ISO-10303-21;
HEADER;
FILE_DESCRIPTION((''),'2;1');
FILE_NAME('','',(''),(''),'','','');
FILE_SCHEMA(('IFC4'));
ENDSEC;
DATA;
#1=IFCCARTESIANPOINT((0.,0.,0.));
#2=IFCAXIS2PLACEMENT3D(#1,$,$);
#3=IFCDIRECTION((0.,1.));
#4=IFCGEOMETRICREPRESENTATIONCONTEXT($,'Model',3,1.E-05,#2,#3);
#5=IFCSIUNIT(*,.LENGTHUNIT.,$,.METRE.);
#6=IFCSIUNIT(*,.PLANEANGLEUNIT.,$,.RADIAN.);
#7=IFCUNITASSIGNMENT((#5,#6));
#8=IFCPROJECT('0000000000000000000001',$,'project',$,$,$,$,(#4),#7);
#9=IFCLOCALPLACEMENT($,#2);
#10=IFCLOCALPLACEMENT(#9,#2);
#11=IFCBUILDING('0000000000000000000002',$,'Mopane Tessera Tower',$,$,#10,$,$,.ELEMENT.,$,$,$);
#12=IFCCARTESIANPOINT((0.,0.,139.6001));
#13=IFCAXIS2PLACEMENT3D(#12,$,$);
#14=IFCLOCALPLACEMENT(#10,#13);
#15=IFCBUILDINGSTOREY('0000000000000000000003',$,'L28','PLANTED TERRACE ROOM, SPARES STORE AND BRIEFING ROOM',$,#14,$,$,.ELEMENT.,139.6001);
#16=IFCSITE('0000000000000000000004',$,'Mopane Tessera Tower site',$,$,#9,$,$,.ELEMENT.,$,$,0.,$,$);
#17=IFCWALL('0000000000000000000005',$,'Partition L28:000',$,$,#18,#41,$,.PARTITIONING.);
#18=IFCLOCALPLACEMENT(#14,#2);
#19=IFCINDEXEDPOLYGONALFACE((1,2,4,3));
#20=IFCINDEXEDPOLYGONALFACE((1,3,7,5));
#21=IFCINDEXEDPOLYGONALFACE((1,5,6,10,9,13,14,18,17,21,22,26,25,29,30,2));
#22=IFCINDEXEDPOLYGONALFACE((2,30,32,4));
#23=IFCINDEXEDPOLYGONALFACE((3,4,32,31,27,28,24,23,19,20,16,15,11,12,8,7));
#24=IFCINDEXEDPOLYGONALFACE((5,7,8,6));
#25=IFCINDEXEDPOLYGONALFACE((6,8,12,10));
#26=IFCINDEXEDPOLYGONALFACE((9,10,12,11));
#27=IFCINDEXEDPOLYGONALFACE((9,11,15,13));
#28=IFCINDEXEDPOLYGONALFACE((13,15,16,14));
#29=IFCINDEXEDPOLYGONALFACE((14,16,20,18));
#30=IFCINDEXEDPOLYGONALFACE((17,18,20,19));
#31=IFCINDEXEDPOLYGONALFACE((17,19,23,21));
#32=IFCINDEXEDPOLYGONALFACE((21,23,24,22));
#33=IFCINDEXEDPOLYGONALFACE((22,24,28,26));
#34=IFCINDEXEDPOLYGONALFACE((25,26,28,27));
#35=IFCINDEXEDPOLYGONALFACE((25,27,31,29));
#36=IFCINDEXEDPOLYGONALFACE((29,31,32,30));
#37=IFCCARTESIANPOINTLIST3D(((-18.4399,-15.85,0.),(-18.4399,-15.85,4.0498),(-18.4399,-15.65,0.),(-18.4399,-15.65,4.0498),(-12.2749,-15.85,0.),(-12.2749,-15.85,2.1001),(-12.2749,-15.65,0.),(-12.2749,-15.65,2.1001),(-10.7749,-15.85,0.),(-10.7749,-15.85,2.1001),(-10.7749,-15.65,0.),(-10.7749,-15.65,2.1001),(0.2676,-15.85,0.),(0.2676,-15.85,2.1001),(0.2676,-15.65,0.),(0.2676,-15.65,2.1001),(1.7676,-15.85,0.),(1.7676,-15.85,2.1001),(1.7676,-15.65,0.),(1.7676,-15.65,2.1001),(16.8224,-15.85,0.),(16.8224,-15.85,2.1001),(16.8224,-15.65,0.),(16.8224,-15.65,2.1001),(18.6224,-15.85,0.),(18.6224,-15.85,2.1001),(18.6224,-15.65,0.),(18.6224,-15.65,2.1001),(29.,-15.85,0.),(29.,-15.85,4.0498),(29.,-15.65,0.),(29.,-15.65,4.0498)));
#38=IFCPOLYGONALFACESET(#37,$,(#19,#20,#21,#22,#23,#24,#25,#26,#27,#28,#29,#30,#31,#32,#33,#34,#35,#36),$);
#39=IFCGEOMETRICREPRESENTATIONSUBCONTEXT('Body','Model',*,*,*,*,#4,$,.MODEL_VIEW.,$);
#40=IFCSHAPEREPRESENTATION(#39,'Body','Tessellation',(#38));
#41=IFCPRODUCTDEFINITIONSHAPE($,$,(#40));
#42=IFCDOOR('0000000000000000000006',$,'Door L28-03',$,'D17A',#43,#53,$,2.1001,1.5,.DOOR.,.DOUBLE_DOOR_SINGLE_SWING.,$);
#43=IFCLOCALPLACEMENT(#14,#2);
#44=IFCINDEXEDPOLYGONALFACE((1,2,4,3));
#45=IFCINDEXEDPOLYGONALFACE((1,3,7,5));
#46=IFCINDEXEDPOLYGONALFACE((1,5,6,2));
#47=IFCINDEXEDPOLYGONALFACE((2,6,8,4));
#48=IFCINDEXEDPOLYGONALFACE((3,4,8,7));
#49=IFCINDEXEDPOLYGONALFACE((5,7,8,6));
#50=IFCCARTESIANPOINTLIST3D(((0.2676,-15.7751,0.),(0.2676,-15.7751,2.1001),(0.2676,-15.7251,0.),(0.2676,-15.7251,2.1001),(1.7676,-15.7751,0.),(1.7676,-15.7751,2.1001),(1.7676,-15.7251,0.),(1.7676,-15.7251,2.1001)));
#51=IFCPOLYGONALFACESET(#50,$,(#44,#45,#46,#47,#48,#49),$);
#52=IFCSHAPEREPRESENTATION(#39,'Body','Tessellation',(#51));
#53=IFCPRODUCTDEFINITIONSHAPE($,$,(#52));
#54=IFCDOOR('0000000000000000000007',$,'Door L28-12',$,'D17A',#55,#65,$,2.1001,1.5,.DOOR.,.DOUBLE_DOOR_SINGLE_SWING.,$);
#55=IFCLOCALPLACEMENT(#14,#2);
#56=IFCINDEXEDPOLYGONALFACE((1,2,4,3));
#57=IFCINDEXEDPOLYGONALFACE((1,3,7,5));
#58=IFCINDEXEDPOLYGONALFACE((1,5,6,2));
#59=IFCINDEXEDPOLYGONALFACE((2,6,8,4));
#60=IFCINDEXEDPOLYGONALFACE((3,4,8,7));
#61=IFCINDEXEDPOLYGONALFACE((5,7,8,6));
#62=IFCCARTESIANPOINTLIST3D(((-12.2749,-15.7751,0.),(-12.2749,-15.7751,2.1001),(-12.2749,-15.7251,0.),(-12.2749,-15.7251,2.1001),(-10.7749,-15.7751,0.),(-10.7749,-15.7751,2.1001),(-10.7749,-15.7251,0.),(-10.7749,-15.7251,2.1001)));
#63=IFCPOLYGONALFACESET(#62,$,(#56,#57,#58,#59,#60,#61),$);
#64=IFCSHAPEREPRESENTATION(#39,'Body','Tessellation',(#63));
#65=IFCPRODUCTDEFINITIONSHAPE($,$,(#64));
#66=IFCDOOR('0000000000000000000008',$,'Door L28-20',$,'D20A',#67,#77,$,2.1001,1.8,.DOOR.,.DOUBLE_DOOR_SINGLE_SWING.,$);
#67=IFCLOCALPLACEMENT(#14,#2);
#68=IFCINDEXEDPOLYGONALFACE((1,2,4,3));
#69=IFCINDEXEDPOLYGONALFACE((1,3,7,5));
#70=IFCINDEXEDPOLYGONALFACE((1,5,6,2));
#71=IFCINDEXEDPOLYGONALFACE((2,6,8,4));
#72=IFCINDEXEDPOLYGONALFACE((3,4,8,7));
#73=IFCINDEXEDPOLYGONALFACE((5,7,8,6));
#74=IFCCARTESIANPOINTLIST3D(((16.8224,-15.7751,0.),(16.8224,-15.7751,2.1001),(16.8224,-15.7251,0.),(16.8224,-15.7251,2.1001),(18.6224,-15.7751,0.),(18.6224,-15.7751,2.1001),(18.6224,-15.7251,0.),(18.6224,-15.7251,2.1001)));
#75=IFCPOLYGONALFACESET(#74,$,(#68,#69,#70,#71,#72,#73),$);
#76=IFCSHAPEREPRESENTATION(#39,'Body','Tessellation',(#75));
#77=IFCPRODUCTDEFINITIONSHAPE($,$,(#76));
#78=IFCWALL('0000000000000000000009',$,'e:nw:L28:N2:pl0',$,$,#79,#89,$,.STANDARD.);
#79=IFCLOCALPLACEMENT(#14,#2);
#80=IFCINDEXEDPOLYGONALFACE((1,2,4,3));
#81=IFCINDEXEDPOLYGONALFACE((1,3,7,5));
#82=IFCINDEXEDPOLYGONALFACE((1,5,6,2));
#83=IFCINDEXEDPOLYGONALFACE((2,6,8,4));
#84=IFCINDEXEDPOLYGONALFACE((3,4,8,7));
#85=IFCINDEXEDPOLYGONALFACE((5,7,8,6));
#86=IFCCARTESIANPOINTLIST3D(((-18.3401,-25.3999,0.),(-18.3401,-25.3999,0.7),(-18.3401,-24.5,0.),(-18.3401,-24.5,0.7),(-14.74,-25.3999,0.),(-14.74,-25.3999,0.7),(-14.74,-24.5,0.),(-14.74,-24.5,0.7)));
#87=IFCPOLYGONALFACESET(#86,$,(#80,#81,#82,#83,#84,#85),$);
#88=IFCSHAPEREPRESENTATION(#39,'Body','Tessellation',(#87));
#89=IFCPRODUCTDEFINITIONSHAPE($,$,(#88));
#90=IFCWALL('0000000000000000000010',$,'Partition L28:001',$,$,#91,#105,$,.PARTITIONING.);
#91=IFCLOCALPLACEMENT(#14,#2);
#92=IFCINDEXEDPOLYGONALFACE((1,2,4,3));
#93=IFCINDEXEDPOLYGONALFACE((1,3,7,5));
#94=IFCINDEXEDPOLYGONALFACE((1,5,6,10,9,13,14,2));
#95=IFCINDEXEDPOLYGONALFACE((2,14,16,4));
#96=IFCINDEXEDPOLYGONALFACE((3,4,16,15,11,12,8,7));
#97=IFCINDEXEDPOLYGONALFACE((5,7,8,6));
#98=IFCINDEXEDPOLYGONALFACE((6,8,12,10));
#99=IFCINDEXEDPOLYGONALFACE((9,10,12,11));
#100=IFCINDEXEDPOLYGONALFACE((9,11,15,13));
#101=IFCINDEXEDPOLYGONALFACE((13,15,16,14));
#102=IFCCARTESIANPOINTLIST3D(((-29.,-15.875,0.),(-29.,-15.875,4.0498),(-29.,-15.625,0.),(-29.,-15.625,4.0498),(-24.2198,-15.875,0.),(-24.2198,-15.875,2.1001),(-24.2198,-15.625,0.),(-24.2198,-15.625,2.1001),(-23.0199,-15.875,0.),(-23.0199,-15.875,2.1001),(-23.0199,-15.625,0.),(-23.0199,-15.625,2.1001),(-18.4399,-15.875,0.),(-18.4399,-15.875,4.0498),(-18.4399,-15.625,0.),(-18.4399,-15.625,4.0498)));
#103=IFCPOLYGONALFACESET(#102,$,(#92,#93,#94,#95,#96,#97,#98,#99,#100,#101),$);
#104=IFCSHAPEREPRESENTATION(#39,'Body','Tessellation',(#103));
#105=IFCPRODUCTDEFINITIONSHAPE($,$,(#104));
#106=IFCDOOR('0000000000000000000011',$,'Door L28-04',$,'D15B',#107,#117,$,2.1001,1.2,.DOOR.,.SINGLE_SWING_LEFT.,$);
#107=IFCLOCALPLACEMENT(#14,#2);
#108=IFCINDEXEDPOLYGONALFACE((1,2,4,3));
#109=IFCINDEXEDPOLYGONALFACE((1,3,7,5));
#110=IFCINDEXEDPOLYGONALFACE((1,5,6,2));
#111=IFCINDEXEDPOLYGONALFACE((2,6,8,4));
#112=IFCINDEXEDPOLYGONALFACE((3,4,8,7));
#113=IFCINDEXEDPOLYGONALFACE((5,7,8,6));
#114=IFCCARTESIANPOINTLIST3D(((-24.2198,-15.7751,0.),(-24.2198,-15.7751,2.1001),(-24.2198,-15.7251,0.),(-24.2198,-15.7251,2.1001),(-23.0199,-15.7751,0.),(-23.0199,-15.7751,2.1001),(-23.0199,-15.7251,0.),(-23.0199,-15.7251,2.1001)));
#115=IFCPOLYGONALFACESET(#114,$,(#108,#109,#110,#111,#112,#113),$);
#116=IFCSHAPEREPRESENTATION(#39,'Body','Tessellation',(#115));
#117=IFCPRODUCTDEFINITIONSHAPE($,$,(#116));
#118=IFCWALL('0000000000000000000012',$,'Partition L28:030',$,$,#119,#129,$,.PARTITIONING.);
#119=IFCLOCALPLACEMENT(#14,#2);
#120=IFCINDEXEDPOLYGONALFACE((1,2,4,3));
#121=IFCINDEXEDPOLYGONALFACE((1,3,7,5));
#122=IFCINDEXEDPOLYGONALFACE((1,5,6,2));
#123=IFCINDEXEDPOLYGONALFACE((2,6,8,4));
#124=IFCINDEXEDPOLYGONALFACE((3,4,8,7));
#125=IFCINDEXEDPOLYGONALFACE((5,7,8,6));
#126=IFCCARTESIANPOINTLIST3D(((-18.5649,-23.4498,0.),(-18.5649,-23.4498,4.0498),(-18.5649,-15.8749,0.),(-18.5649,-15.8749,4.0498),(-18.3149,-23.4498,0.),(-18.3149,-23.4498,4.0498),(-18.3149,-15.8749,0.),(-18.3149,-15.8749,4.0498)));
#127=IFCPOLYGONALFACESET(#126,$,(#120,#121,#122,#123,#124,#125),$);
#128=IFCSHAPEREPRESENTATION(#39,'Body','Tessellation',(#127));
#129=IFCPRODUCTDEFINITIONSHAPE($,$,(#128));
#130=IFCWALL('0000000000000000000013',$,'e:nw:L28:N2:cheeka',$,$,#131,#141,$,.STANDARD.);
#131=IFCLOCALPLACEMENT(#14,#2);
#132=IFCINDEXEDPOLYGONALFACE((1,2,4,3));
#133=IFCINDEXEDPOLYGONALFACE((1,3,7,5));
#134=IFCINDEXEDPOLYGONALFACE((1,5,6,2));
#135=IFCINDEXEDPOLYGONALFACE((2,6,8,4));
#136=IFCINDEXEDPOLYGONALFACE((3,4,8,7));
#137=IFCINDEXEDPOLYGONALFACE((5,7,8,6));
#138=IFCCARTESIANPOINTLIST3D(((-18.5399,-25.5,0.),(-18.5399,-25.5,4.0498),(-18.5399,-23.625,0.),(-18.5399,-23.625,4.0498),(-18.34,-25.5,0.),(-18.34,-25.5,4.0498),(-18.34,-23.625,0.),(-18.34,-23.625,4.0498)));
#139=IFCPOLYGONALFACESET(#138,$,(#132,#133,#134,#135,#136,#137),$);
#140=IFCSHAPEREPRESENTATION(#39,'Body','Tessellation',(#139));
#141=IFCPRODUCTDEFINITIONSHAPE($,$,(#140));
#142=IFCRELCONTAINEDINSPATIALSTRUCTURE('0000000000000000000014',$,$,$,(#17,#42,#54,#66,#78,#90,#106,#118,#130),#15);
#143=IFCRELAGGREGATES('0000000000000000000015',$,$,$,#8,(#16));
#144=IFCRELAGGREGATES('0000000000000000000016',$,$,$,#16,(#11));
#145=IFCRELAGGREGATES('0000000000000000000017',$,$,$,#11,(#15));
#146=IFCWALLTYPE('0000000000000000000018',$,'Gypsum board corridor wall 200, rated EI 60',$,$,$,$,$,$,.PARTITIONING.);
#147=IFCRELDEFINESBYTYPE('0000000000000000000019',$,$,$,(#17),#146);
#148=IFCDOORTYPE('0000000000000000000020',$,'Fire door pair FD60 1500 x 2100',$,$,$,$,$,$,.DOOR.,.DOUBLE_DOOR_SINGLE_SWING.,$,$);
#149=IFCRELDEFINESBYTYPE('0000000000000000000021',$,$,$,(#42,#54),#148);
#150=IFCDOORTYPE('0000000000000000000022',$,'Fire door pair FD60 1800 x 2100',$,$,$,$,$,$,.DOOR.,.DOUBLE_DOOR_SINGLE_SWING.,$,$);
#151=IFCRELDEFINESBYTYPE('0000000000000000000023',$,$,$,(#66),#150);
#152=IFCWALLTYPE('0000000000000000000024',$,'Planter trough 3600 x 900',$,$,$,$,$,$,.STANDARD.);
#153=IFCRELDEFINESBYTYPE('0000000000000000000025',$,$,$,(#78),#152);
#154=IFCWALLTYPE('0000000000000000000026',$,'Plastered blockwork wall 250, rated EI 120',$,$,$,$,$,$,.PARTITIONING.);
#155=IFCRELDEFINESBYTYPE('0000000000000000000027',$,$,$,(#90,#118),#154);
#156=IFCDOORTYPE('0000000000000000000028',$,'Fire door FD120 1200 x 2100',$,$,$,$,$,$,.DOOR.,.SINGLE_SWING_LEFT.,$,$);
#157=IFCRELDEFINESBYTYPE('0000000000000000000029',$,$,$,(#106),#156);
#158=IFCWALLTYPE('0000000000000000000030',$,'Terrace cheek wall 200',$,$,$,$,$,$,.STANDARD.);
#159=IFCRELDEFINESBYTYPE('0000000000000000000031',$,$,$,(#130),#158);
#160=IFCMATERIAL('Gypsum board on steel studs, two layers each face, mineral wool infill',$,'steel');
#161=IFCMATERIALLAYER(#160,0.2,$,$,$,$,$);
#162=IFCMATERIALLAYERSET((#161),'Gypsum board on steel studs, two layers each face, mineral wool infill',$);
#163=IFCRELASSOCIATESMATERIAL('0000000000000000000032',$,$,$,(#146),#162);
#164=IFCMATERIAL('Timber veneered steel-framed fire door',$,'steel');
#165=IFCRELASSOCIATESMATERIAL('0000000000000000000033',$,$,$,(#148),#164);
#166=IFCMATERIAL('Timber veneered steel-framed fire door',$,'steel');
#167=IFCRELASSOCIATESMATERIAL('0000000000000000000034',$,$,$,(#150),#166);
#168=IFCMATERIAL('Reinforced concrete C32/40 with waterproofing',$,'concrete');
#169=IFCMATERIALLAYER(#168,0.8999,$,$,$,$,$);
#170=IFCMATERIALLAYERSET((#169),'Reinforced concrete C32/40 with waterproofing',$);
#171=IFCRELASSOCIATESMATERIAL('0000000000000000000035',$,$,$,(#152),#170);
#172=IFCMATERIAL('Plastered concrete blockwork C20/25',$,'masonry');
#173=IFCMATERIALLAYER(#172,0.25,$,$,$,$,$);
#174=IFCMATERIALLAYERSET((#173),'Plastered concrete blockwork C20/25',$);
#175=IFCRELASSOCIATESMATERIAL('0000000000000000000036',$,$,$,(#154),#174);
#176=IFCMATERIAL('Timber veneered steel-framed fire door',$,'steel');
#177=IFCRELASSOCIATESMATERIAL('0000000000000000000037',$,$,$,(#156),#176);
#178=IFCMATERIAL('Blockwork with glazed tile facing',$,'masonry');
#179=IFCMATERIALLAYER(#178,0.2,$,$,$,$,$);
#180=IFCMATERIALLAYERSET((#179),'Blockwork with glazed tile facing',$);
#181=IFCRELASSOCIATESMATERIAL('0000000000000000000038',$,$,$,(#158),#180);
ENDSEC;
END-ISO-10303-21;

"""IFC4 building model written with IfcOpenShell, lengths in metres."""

from ifc_helpers import new_model, si_unit, direction, frame, frame_2d, origin, place, context, subcontext, project, spatial, rectangle, extrude, material, layer, layer_set, type_object, element, fill, save


model = new_model("IFC4")

# Units and contexts
model_context = context("Model", 3, precision=1e-05, world=origin(), true_north=direction((0.0, 1.0)))
body_context = subcontext(model_context, "Body", "Model", "MODEL_VIEW")
ifc_project = project(units=[si_unit("LENGTHUNIT", "METRE"), si_unit("PLANEANGLEUNIT", "RADIAN")], contexts=[model_context])

# Site, building, storey
site_placement = place(None, origin())
site = spatial("IfcSite", under=ifc_project, at=site_placement, Name="Mopane Tessera Tower site", CompositionType="ELEMENT", RefElevation=0.0)
building_placement = place(site_placement, origin())
building = spatial("IfcBuilding", under=site, at=building_placement, Name="Mopane Tessera Tower", CompositionType="ELEMENT")
storey_placement = place(building_placement, frame((0.0, 0.0, 139.6001)))
storey = spatial("IfcBuildingStorey", under=building, at=storey_placement, Name="L28", Description="PLANTED TERRACE ROOM, SPARES STORE AND BRIEFING ROOM", CompositionType="ELEMENT", Elevation=139.6001)

# Wall, openings, doors
ifc_material_1 = material(Name="Gypsum board on steel studs, two layers each face, mineral wool infill", Category="steel")
ifc_layer_1 = layer(ifc_material_1, 0.2)
ifc_layer_set_1 = layer_set([ifc_layer_1], Name="Gypsum board on steel studs, two layers each face, mineral wool infill")
wall_type_1 = type_object("IfcWallType", Name="Gypsum board corridor wall 200, rated EI 60", PredefinedType="PARTITIONING", material=ifc_layer_set_1)
wall_1_placement = place(storey_placement, frame((-18.4399, -15.75, 0.0), z_axis=(0.0, 0.0, 1.0), x_axis=(1.0, 0.0, 0.0)))
wall_1 = element("IfcWall", 1, at=wall_1_placement, inside=storey, type_object=wall_type_1, Name="Partition L28:000", PredefinedType="PARTITIONING", context=body_context, shape_type="SweptSolid", body=[
    extrude(rectangle(XDim=47.4399, YDim=0.2, at=frame_2d((23.72, 0.0))), origin(), (0.0, 0.0, 1.0), 4.0498),
])
opening_1_placement = place(wall_1_placement, frame((18.7075, 0.0, 0.0)))
opening_1 = element("IfcOpeningElement", 2, at=opening_1_placement, cuts=wall_1, PredefinedType="OPENING", context=body_context, shape_type="SweptSolid", body=[
    extrude(rectangle(XDim=1.5, YDim=2.1001, at=frame_2d((0.75, 1.05))), frame((0.0, 0.1121, 0.0), z_axis=(0.0, -1.0, 0.0), x_axis=(1.0, 0.0, 0.0)), (0.0, 0.0, 1.0), 0.2239),
])
opening_2_placement = place(wall_1_placement, frame((6.165, 0.0, 0.0)))
opening_2 = element("IfcOpeningElement", 3, at=opening_2_placement, cuts=wall_1, PredefinedType="OPENING", context=body_context, shape_type="SweptSolid", body=[
    extrude(rectangle(XDim=1.5, YDim=2.1001, at=frame_2d((0.75, 1.05))), frame((0.0, 0.1121, 0.0), z_axis=(0.0, -1.0, 0.0), x_axis=(1.0, 0.0, 0.0)), (0.0, 0.0, 1.0), 0.2239),
])
opening_3_placement = place(wall_1_placement, frame((35.2625, 0.0, 0.0)))
opening_3 = element("IfcOpeningElement", 4, at=opening_3_placement, cuts=wall_1, PredefinedType="OPENING", context=body_context, shape_type="SweptSolid", body=[
    extrude(rectangle(XDim=1.8, YDim=2.1001, at=frame_2d((0.8999, 1.05))), frame((0.0, 0.1121, 0.0), z_axis=(0.0, -1.0, 0.0), x_axis=(1.0, 0.0, 0.0)), (0.0, 0.0, 1.0), 0.2239),
])
ifc_material_2 = material(Name="Timber veneered steel-framed fire door", Category="steel")
door_type_1 = type_object("IfcDoorType", Name="Fire door pair FD60 1500 x 2100", OperationType="DOUBLE_DOOR_SINGLE_SWING", PredefinedType="DOOR", material=ifc_material_2)
door_1_placement = place(opening_1_placement, origin())
door_1 = element("IfcDoor", 5, at=door_1_placement, inside=storey, type_object=door_type_1, Name="Door L28-03", ObjectType="D17A", OperationType="DOUBLE_DOOR_SINGLE_SWING", OverallHeight=2.1001, OverallWidth=1.5, PredefinedType="DOOR", context=body_context, shape_type="SweptSolid", body=[
    extrude(rectangle(XDim=1.5, YDim=2.1001, at=frame_2d((0.75, 1.05))), frame((0.0, 0.0249, 0.0), z_axis=(0.0, -1.0, 0.0), x_axis=(1.0, 0.0, 0.0)), (0.0, 0.0, 1.0), 0.05),
])
fill(opening_1, door_1)
door_2_placement = place(opening_2_placement, origin())
door_2 = element("IfcDoor", 6, at=door_2_placement, inside=storey, type_object=door_type_1, Name="Door L28-12", ObjectType="D17A", OperationType="DOUBLE_DOOR_SINGLE_SWING", OverallHeight=2.1001, OverallWidth=1.5, PredefinedType="DOOR", context=body_context, shape_type="SweptSolid", body=[
    extrude(rectangle(XDim=1.5, YDim=2.1001, at=frame_2d((0.75, 1.05))), frame((0.0, 0.0249, 0.0), z_axis=(0.0, -1.0, 0.0), x_axis=(1.0, 0.0, 0.0)), (0.0, 0.0, 1.0), 0.05),
])
fill(opening_2, door_2)
ifc_material_3 = material(Name="Timber veneered steel-framed fire door", Category="steel")
door_type_2 = type_object("IfcDoorType", Name="Fire door pair FD60 1800 x 2100", OperationType="DOUBLE_DOOR_SINGLE_SWING", PredefinedType="DOOR", material=ifc_material_3)
door_3_placement = place(opening_3_placement, origin())
door_3 = element("IfcDoor", 7, at=door_3_placement, inside=storey, type_object=door_type_2, Name="Door L28-20", ObjectType="D20A", OperationType="DOUBLE_DOOR_SINGLE_SWING", OverallHeight=2.1001, OverallWidth=1.8, PredefinedType="DOOR", context=body_context, shape_type="SweptSolid", body=[
    extrude(rectangle(XDim=1.8, YDim=2.1001, at=frame_2d((0.8999, 1.05))), frame((0.0, 0.0249, 0.0), z_axis=(0.0, -1.0, 0.0), x_axis=(1.0, 0.0, 0.0)), (0.0, 0.0, 1.0), 0.05),
])
fill(opening_3, door_3)

# Wall
ifc_material_4 = material(Name="Reinforced concrete C32/40 with waterproofing", Category="concrete")
ifc_layer_2 = layer(ifc_material_4, 0.8999)
ifc_layer_set_2 = layer_set([ifc_layer_2], Name="Reinforced concrete C32/40 with waterproofing")
wall_type_2 = type_object("IfcWallType", Name="Planter trough 3600 x 900", PredefinedType="STANDARD", material=ifc_layer_set_2)
wall_2_placement = place(storey_placement, frame((-18.3401, -24.95, 0.0), z_axis=(0.0, 0.0, 1.0), x_axis=(1.0, 0.0, 0.0)))
element("IfcWall", 8, at=wall_2_placement, inside=storey, type_object=wall_type_2, Name="e:nw:L28:N2:pl0", PredefinedType="STANDARD", context=body_context, shape_type="SweptSolid", body=[
    extrude(rectangle(XDim=3.6001, YDim=0.8999, at=frame_2d((1.8, 0.0))), origin(), (0.0, 0.0, 1.0), 0.7),
])

# Wall, opening, door
ifc_material_5 = material(Name="Plastered concrete blockwork C20/25", Category="masonry")
ifc_layer_3 = layer(ifc_material_5, 0.25)
ifc_layer_set_3 = layer_set([ifc_layer_3], Name="Plastered concrete blockwork C20/25")
wall_type_3 = type_object("IfcWallType", Name="Plastered blockwork wall 250, rated EI 120", PredefinedType="PARTITIONING", material=ifc_layer_set_3)
wall_3_placement = place(storey_placement, frame((-29.0, -15.75, 0.0), z_axis=(0.0, 0.0, 1.0), x_axis=(1.0, 0.0, 0.0)))
wall_3 = element("IfcWall", 9, at=wall_3_placement, inside=storey, type_object=wall_type_3, Name="Partition L28:001", PredefinedType="PARTITIONING", context=body_context, shape_type="SweptSolid", body=[
    extrude(rectangle(XDim=10.5601, YDim=0.25, at=frame_2d((5.28, 0.0))), origin(), (0.0, 0.0, 1.0), 4.0498),
])
opening_4_placement = place(wall_3_placement, frame((4.78, 0.0, 0.0)))
opening_4 = element("IfcOpeningElement", 10, at=opening_4_placement, cuts=wall_3, PredefinedType="OPENING", context=body_context, shape_type="SweptSolid", body=[
    extrude(rectangle(XDim=1.2, YDim=2.1001, at=frame_2d((0.6001, 1.05))), frame((0.0, 0.137, 0.0), z_axis=(0.0, -1.0, 0.0), x_axis=(1.0, 0.0, 0.0)), (0.0, 0.0, 1.0), 0.2739),
])
ifc_material_6 = material(Name="Timber veneered steel-framed fire door", Category="steel")
door_type_3 = type_object("IfcDoorType", Name="Fire door FD120 1200 x 2100", OperationType="SINGLE_SWING_LEFT", PredefinedType="DOOR", material=ifc_material_6)
door_4_placement = place(opening_4_placement, origin())
door_4 = element("IfcDoor", 11, at=door_4_placement, inside=storey, type_object=door_type_3, Name="Door L28-04", ObjectType="D15B", OperationType="SINGLE_SWING_LEFT", OverallHeight=2.1001, OverallWidth=1.2, PredefinedType="DOOR", context=body_context, shape_type="SweptSolid", body=[
    extrude(rectangle(XDim=1.2, YDim=2.1001, at=frame_2d((0.6001, 1.05))), frame((0.0, 0.0249, 0.0), z_axis=(0.0, -1.0, 0.0), x_axis=(1.0, 0.0, 0.0)), (0.0, 0.0, 1.0), 0.05),
])
fill(opening_4, door_4)

# Walls
wall_4_placement = place(storey_placement, frame((-18.4399, -23.45, 0.0), z_axis=(0.0, 0.0, 1.0), x_axis=(0.0, 1.0, 0.0)))
element("IfcWall", 12, at=wall_4_placement, inside=storey, type_object=wall_type_3, Name="Partition L28:030", PredefinedType="PARTITIONING", context=body_context, shape_type="SweptSolid", body=[
    extrude(rectangle(XDim=7.575, YDim=0.25, at=frame_2d((3.7876, 0.0))), origin(), (0.0, 0.0, 1.0), 4.0498),
])
ifc_material_7 = material(Name="Blockwork with glazed tile facing", Category="masonry")
ifc_layer_4 = layer(ifc_material_7, 0.2)
ifc_layer_set_4 = layer_set([ifc_layer_4], Name="Blockwork with glazed tile facing")
wall_type_4 = type_object("IfcWallType", Name="Terrace cheek wall 200", PredefinedType="STANDARD", material=ifc_layer_set_4)
wall_5_placement = place(storey_placement, frame((-18.4399, -25.5, 0.0), z_axis=(0.0, 0.0, 1.0), x_axis=(0.0, 1.0, 0.0)))
element("IfcWall", 13, at=wall_5_placement, inside=storey, type_object=wall_type_4, Name="e:nw:L28:N2:cheeka", PredefinedType="STANDARD", context=body_context, shape_type="SweptSolid", body=[
    extrude(rectangle(XDim=1.875, YDim=0.2, at=frame_2d((0.9375, 0.0))), origin(), (0.0, 0.0, 1.0), 4.0498),
])

save(model, "model.ifc")
